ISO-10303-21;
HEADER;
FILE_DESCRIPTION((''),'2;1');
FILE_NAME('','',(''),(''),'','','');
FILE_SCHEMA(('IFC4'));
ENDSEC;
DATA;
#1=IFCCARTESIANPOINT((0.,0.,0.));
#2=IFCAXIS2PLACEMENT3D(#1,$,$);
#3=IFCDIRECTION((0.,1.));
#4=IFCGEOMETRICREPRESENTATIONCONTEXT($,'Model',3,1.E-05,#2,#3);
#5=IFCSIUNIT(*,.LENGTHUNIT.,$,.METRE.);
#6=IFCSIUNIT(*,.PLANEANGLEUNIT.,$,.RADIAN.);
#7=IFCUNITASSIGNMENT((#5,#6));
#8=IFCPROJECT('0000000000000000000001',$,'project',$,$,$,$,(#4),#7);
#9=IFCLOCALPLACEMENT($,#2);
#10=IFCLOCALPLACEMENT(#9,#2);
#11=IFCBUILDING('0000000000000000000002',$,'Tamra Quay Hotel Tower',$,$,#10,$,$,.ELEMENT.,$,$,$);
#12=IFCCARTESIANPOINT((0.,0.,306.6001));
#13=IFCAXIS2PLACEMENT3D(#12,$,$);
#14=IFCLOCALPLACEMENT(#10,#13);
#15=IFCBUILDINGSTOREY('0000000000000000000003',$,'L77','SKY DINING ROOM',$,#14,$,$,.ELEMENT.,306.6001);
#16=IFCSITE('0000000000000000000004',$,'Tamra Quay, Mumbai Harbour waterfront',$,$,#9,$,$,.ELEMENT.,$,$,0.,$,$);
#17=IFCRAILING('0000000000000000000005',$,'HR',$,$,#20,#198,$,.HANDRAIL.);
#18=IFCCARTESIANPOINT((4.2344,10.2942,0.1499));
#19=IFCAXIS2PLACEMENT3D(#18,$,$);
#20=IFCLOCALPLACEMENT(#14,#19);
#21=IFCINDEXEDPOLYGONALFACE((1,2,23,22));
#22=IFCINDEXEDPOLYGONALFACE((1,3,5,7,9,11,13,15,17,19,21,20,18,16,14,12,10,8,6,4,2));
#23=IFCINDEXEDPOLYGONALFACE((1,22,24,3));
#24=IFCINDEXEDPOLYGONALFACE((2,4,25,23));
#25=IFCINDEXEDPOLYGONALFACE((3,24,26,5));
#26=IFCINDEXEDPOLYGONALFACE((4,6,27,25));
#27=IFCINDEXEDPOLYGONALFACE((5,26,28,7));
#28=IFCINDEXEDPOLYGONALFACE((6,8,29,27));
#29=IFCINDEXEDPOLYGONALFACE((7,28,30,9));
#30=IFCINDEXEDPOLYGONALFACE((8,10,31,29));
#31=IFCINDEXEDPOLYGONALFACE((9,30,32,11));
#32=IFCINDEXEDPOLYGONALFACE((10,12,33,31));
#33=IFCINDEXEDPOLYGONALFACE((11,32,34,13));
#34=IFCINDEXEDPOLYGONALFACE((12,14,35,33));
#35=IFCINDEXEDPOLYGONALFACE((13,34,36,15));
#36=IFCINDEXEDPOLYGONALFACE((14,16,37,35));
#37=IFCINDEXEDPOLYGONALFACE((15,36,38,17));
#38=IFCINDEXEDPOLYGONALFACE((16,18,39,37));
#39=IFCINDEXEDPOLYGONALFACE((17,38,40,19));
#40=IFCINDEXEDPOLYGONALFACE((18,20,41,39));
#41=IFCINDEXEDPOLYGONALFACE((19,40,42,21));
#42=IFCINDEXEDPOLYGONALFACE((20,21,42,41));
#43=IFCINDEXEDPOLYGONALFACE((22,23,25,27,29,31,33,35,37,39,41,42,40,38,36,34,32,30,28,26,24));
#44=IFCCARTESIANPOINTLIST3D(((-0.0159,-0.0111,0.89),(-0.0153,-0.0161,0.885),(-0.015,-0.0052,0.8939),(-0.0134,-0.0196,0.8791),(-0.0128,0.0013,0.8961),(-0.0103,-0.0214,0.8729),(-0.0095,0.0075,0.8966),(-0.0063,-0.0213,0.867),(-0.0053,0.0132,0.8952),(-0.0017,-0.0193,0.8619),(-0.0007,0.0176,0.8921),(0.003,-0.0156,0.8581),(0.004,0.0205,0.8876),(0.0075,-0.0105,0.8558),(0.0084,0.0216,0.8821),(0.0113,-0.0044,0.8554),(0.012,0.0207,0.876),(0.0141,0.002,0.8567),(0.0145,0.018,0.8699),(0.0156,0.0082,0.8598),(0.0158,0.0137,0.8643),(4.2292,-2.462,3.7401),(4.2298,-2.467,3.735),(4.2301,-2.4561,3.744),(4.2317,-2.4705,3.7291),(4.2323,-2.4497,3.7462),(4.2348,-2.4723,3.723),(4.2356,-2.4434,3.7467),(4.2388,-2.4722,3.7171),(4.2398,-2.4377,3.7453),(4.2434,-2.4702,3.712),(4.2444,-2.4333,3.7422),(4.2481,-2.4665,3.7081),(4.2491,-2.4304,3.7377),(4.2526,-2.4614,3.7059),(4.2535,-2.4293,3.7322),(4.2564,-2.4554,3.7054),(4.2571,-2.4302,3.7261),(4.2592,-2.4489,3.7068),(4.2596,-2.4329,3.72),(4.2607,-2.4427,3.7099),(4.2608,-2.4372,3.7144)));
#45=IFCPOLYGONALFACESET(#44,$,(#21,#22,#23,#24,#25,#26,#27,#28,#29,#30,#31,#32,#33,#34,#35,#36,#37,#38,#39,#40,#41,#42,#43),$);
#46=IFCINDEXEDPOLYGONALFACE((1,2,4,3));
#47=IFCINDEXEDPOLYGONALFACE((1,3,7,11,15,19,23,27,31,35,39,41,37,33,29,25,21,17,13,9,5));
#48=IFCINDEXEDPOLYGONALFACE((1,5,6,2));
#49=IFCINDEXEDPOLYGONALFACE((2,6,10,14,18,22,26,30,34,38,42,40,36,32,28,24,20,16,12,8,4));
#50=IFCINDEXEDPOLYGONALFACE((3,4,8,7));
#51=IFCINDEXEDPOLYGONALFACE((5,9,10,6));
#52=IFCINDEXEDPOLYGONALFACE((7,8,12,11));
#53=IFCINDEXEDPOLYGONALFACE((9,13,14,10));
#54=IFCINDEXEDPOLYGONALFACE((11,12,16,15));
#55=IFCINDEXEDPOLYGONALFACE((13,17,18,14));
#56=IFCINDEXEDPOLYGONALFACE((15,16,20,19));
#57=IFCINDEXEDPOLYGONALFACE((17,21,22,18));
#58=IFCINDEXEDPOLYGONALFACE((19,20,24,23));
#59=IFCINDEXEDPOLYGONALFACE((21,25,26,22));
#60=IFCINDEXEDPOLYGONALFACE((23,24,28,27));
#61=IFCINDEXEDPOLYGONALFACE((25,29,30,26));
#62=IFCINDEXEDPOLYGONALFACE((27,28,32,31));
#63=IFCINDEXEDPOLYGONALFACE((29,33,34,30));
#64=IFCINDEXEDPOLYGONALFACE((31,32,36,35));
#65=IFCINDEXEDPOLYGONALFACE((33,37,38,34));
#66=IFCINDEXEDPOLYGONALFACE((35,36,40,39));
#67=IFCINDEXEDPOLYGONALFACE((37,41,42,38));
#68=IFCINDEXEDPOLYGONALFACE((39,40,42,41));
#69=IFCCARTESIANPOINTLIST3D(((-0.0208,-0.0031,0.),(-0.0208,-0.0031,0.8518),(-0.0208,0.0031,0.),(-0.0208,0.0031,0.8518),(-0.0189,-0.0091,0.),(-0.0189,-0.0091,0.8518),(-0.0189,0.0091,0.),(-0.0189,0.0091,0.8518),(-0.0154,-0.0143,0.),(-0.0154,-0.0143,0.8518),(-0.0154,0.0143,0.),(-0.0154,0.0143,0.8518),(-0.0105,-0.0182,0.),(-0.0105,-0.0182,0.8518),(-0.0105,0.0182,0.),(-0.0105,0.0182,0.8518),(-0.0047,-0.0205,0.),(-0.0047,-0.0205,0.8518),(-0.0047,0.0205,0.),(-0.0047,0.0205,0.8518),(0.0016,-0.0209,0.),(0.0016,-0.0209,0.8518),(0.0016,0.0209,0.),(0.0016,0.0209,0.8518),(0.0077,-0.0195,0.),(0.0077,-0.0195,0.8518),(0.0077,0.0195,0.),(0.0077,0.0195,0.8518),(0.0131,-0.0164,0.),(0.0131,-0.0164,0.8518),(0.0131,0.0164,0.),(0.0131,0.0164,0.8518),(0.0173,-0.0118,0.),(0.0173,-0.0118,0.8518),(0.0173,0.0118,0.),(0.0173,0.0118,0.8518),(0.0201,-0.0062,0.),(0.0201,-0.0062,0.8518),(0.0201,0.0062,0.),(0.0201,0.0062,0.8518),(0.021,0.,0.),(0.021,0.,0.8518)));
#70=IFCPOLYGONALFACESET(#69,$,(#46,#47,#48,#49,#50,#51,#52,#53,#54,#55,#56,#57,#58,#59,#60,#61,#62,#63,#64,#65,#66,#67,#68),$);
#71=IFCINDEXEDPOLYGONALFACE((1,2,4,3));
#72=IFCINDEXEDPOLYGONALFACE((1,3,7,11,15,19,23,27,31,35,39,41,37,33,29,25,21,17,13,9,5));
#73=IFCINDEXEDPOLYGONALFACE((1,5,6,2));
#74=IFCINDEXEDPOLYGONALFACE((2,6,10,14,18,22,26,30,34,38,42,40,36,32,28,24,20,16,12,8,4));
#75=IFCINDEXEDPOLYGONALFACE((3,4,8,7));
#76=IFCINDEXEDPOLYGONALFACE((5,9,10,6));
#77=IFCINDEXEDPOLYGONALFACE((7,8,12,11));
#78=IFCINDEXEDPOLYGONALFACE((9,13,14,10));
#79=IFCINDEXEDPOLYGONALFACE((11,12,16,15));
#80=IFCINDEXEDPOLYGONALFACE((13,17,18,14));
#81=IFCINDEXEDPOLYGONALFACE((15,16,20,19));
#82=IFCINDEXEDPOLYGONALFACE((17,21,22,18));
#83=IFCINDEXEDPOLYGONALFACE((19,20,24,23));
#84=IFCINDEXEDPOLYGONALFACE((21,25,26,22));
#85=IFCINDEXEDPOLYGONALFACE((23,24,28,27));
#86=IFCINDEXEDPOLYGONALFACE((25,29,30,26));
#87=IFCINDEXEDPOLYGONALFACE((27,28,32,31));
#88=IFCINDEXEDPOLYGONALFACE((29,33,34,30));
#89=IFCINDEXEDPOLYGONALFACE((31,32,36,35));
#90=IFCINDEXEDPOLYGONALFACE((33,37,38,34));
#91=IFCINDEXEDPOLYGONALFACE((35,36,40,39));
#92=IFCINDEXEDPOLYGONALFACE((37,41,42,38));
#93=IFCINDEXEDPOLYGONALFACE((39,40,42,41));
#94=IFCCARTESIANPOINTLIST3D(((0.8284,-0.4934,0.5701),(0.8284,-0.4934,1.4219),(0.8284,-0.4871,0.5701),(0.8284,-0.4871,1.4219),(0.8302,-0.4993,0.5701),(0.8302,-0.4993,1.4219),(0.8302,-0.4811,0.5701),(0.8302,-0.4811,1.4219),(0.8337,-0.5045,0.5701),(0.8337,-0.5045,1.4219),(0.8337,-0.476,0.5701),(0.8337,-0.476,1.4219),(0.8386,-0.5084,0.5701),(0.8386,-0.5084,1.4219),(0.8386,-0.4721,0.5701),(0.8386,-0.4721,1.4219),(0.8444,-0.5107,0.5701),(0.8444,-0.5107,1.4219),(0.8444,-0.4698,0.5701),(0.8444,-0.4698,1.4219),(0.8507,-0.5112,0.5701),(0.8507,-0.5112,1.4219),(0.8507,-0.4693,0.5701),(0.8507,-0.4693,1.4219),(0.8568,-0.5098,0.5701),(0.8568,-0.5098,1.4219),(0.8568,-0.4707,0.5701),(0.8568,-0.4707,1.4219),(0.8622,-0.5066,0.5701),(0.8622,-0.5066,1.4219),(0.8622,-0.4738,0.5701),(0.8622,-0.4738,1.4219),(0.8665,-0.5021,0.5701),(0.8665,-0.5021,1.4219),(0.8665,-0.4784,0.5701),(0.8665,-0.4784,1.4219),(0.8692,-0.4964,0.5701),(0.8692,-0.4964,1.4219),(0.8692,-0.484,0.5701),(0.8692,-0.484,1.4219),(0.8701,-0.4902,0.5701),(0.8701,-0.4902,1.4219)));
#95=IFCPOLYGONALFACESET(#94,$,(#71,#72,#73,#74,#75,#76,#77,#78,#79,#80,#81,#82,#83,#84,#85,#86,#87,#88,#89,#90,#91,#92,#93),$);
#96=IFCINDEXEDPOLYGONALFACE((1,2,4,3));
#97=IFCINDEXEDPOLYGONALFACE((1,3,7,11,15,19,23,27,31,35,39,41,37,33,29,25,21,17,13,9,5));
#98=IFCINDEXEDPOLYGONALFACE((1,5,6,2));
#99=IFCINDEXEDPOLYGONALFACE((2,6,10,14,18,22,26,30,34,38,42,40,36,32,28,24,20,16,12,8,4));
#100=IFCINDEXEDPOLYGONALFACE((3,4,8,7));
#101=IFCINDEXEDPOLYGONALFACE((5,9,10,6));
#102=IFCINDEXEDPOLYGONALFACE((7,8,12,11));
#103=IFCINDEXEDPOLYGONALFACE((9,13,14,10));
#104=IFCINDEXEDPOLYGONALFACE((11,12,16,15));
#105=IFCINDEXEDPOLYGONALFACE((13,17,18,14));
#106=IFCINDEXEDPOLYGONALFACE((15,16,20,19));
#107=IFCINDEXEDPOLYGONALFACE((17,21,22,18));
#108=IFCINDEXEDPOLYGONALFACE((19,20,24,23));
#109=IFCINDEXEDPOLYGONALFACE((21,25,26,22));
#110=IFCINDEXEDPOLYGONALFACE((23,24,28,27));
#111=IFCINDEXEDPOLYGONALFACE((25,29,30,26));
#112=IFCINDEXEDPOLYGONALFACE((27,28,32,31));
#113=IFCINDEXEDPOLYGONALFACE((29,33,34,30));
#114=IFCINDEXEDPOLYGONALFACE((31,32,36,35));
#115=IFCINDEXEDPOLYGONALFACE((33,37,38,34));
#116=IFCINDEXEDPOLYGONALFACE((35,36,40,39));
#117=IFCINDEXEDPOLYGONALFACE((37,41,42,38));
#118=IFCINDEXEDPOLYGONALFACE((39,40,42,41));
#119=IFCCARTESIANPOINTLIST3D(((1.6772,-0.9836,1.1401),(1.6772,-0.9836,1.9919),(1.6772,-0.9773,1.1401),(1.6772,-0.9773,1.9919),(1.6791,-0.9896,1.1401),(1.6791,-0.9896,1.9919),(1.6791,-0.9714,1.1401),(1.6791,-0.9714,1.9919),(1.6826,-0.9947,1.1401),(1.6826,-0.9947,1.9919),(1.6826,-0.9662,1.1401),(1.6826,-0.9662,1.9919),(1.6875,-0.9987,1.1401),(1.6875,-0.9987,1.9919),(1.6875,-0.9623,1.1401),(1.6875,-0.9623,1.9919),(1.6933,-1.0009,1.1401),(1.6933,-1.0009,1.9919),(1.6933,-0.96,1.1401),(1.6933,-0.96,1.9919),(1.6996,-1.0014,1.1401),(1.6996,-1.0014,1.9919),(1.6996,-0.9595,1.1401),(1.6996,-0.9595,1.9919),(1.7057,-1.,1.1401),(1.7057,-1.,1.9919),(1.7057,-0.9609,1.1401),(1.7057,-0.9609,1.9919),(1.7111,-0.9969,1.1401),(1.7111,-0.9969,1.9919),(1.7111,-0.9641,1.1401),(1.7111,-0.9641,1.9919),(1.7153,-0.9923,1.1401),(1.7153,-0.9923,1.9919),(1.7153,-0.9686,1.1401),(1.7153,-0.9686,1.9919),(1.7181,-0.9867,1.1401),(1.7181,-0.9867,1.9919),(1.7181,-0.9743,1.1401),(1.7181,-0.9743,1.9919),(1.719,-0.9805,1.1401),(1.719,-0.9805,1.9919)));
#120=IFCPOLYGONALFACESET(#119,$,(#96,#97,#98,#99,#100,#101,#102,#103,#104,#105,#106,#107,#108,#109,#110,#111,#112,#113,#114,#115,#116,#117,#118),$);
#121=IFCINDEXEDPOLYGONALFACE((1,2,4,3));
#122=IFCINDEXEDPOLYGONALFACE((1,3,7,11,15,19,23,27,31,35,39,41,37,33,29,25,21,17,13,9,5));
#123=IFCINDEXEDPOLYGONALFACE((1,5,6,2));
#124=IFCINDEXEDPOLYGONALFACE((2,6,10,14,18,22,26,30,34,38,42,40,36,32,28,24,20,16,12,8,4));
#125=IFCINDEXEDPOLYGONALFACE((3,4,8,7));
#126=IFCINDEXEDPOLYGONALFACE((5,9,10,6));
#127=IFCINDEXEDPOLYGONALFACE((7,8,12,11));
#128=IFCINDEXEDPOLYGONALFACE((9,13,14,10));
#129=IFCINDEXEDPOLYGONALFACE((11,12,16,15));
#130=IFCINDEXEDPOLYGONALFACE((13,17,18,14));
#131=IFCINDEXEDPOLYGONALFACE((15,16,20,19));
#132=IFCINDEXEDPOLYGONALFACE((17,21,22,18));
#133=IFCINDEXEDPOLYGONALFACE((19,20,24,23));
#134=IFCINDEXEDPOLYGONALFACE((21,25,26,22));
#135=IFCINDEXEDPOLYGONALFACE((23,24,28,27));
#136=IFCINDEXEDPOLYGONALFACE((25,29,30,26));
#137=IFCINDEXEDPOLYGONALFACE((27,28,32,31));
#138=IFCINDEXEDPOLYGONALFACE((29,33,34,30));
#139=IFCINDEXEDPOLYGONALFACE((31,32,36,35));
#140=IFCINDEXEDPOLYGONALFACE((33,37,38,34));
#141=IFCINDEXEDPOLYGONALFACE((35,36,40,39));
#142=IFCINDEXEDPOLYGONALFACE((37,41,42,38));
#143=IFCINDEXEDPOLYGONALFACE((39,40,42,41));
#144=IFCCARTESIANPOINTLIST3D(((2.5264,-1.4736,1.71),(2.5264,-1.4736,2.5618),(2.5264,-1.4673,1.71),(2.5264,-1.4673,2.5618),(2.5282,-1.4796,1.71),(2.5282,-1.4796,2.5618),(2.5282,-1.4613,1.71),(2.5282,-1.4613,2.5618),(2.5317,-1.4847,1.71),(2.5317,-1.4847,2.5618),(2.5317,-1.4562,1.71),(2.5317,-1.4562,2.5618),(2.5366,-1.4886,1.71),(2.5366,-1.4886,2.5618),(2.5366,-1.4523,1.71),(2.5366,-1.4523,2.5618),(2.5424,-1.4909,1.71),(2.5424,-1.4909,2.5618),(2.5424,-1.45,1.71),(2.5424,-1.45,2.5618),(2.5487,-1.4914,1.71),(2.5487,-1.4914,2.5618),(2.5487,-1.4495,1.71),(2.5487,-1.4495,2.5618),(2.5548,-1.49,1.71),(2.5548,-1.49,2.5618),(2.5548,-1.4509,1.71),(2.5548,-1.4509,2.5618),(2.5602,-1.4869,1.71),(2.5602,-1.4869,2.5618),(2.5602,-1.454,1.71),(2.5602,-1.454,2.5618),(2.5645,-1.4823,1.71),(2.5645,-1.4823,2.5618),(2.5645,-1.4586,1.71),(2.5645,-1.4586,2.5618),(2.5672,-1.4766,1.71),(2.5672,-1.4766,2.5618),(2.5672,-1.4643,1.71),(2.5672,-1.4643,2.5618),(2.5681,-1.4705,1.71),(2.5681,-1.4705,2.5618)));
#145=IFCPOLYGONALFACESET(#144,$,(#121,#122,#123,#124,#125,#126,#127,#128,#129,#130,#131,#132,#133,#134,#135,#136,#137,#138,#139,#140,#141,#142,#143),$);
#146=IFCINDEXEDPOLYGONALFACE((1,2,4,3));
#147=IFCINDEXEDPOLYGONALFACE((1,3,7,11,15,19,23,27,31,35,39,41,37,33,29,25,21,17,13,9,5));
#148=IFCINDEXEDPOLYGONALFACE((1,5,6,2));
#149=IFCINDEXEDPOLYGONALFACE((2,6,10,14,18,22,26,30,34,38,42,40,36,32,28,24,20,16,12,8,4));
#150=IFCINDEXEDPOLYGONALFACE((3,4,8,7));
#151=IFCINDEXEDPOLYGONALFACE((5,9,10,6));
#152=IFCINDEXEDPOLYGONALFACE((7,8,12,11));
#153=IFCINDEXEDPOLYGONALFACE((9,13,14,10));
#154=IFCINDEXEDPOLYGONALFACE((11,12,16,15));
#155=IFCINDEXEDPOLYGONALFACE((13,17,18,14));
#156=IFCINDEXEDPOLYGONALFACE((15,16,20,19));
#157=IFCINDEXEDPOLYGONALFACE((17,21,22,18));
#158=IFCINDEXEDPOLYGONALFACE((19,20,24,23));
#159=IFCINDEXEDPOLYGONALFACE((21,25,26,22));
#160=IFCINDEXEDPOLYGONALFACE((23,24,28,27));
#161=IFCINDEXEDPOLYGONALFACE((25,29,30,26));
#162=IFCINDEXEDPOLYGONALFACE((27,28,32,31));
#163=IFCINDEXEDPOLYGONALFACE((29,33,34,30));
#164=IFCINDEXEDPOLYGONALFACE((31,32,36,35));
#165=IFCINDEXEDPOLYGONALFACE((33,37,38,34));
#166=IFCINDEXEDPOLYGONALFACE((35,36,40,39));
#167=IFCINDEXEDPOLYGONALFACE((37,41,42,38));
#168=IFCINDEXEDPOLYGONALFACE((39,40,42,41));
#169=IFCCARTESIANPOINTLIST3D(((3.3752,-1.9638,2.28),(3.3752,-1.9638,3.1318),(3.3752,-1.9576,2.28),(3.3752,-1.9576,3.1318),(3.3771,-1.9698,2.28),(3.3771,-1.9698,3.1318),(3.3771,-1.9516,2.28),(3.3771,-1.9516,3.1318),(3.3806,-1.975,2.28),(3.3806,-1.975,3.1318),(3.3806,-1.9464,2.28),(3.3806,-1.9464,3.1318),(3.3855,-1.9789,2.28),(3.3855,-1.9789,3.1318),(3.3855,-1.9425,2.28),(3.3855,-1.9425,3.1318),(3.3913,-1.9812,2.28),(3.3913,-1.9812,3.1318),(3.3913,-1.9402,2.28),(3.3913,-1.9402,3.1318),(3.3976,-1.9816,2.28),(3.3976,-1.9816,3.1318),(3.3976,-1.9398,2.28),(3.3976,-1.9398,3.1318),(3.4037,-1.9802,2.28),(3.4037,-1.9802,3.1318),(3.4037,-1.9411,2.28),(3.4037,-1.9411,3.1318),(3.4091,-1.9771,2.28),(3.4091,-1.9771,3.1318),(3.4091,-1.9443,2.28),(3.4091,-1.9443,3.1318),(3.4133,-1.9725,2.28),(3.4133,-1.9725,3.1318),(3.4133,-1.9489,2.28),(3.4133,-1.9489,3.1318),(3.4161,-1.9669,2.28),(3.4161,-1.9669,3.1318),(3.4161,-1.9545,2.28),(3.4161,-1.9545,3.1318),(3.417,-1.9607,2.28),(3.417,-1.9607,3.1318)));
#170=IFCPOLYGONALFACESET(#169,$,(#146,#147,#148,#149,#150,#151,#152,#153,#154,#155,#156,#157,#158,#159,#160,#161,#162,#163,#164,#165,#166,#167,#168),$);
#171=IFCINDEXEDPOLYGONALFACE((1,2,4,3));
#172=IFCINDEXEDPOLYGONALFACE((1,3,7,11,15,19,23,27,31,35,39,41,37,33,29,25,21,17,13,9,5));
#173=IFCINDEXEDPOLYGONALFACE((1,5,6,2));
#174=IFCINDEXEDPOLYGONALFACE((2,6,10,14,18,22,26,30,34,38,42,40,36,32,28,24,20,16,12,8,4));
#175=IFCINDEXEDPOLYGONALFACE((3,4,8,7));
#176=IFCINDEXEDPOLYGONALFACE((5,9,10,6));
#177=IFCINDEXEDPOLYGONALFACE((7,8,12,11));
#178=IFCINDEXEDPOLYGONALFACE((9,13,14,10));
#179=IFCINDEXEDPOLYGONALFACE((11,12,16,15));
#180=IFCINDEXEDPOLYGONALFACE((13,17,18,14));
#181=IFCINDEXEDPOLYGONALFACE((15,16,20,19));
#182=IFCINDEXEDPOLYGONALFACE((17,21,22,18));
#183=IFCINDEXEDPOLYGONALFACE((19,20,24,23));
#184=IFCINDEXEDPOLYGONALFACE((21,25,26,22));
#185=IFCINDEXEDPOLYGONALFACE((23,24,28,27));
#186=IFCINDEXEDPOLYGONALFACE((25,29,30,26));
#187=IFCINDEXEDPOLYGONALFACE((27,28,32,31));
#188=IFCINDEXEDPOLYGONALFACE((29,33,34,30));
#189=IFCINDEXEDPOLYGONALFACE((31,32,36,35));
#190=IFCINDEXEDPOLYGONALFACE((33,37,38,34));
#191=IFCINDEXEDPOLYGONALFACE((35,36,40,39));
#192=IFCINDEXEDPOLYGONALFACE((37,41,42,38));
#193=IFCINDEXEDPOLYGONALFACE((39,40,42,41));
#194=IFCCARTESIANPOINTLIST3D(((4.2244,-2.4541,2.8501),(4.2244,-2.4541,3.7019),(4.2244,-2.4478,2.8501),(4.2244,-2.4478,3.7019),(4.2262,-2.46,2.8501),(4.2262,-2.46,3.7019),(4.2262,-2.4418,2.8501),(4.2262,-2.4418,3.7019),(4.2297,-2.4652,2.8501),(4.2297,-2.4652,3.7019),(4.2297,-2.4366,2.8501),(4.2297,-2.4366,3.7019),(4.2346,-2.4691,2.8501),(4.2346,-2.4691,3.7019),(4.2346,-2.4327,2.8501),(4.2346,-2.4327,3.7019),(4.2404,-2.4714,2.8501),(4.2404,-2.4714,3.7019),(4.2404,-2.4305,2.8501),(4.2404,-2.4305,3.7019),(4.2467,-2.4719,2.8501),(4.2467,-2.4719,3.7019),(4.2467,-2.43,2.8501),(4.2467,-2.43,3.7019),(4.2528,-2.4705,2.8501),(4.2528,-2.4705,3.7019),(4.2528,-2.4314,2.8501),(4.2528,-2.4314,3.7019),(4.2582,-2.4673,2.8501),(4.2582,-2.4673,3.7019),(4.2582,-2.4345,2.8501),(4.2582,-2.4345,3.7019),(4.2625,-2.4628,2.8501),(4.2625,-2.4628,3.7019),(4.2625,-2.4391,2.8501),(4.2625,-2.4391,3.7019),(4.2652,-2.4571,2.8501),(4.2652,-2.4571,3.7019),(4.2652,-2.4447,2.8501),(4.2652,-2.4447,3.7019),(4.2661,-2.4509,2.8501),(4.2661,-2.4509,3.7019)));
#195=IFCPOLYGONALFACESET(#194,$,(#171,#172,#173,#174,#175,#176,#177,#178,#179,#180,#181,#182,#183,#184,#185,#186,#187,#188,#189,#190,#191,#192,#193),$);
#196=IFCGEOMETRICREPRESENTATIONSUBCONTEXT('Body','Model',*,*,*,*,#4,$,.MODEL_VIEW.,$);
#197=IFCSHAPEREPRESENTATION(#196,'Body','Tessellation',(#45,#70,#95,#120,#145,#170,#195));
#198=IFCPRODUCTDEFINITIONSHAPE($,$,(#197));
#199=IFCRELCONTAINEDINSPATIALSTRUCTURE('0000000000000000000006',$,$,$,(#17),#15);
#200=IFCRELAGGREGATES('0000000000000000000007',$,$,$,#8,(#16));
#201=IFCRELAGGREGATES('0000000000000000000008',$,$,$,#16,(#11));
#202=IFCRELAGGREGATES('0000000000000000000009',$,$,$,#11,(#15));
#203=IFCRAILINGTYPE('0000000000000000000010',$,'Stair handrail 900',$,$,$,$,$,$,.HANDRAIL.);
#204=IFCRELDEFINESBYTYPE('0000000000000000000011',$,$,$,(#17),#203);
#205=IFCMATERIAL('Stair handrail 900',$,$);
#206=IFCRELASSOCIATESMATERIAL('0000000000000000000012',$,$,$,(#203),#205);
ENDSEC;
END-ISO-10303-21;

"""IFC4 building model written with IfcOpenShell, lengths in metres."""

from ifc_helpers import new_model, si_unit, direction, frame, origin, origin_2d, place, context, subcontext, project, spatial, circle, extrude, material, type_object, element, save


model = new_model("IFC4")

# Units and contexts
model_context = context("Model", 3, precision=1e-05, world=origin(), true_north=direction((0.0, 1.0)))
body_context = subcontext(model_context, "Body", "Model", "MODEL_VIEW")
ifc_project = project(units=[si_unit("LENGTHUNIT", "METRE"), si_unit("PLANEANGLEUNIT", "RADIAN")], contexts=[model_context])

# Site, building, storey
site_placement = place(None, origin())
site = spatial("IfcSite", under=ifc_project, at=site_placement, Name="Tamra Quay, Mumbai Harbour waterfront", CompositionType="ELEMENT", RefElevation=0.0)
building_placement = place(site_placement, origin())
building = spatial("IfcBuilding", under=site, at=building_placement, Name="Tamra Quay Hotel Tower", CompositionType="ELEMENT")
storey_placement = place(building_placement, frame((0.0, 0.0, 306.6001)))
storey = spatial("IfcBuildingStorey", under=building, at=storey_placement, Name="L77", Description="SKY DINING ROOM", CompositionType="ELEMENT", Elevation=306.6001)

# Railing
ifc_material_1 = material(Name="Stair handrail 900")
railing_type = type_object("IfcRailingType", Name="Stair handrail 900", PredefinedType="HANDRAIL", material=ifc_material_1)
railing_placement = place(storey_placement, frame((4.2344, 10.2942, 0.1499)))
element("IfcRailing", 1, at=railing_placement, inside=storey, type_object=railing_type, Name="HR", PredefinedType="HANDRAIL", context=body_context, shape_type="SweptSolid", body=[
    extrude(circle(Radius=0.0239, at=origin_2d()), frame((0.0, 0.0, 0.876), z_axis=(0.748672, -0.432247, 0.502645), x_axis=(0.500001, 0.866025, 0.0)), (0.0, 0.0, 1.0), 5.6702),
    extrude(circle(Radius=0.021, at=origin_2d()), origin(), (0.0, 0.0, 1.0), 0.8518),
    extrude(circle(Radius=0.021, at=origin_2d()), frame((0.8491, -0.4902, 0.5701)), (0.0, 0.0, 1.0), 0.8518),
    extrude(circle(Radius=0.021, at=origin_2d()), frame((1.698, -0.9805, 1.1401)), (0.0, 0.0, 1.0), 0.8518),
    extrude(circle(Radius=0.021, at=origin_2d()), frame((2.5471, -1.4705, 1.71)), (0.0, 0.0, 1.0), 0.8518),
    extrude(circle(Radius=0.021, at=origin_2d()), frame((3.396, -1.9607, 2.28)), (0.0, 0.0, 1.0), 0.8518),
    extrude(circle(Radius=0.021, at=origin_2d()), frame((4.2451, -2.4509, 2.8501)), (0.0, 0.0, 1.0), 0.8518),
])

save(model, "model.ifc")
